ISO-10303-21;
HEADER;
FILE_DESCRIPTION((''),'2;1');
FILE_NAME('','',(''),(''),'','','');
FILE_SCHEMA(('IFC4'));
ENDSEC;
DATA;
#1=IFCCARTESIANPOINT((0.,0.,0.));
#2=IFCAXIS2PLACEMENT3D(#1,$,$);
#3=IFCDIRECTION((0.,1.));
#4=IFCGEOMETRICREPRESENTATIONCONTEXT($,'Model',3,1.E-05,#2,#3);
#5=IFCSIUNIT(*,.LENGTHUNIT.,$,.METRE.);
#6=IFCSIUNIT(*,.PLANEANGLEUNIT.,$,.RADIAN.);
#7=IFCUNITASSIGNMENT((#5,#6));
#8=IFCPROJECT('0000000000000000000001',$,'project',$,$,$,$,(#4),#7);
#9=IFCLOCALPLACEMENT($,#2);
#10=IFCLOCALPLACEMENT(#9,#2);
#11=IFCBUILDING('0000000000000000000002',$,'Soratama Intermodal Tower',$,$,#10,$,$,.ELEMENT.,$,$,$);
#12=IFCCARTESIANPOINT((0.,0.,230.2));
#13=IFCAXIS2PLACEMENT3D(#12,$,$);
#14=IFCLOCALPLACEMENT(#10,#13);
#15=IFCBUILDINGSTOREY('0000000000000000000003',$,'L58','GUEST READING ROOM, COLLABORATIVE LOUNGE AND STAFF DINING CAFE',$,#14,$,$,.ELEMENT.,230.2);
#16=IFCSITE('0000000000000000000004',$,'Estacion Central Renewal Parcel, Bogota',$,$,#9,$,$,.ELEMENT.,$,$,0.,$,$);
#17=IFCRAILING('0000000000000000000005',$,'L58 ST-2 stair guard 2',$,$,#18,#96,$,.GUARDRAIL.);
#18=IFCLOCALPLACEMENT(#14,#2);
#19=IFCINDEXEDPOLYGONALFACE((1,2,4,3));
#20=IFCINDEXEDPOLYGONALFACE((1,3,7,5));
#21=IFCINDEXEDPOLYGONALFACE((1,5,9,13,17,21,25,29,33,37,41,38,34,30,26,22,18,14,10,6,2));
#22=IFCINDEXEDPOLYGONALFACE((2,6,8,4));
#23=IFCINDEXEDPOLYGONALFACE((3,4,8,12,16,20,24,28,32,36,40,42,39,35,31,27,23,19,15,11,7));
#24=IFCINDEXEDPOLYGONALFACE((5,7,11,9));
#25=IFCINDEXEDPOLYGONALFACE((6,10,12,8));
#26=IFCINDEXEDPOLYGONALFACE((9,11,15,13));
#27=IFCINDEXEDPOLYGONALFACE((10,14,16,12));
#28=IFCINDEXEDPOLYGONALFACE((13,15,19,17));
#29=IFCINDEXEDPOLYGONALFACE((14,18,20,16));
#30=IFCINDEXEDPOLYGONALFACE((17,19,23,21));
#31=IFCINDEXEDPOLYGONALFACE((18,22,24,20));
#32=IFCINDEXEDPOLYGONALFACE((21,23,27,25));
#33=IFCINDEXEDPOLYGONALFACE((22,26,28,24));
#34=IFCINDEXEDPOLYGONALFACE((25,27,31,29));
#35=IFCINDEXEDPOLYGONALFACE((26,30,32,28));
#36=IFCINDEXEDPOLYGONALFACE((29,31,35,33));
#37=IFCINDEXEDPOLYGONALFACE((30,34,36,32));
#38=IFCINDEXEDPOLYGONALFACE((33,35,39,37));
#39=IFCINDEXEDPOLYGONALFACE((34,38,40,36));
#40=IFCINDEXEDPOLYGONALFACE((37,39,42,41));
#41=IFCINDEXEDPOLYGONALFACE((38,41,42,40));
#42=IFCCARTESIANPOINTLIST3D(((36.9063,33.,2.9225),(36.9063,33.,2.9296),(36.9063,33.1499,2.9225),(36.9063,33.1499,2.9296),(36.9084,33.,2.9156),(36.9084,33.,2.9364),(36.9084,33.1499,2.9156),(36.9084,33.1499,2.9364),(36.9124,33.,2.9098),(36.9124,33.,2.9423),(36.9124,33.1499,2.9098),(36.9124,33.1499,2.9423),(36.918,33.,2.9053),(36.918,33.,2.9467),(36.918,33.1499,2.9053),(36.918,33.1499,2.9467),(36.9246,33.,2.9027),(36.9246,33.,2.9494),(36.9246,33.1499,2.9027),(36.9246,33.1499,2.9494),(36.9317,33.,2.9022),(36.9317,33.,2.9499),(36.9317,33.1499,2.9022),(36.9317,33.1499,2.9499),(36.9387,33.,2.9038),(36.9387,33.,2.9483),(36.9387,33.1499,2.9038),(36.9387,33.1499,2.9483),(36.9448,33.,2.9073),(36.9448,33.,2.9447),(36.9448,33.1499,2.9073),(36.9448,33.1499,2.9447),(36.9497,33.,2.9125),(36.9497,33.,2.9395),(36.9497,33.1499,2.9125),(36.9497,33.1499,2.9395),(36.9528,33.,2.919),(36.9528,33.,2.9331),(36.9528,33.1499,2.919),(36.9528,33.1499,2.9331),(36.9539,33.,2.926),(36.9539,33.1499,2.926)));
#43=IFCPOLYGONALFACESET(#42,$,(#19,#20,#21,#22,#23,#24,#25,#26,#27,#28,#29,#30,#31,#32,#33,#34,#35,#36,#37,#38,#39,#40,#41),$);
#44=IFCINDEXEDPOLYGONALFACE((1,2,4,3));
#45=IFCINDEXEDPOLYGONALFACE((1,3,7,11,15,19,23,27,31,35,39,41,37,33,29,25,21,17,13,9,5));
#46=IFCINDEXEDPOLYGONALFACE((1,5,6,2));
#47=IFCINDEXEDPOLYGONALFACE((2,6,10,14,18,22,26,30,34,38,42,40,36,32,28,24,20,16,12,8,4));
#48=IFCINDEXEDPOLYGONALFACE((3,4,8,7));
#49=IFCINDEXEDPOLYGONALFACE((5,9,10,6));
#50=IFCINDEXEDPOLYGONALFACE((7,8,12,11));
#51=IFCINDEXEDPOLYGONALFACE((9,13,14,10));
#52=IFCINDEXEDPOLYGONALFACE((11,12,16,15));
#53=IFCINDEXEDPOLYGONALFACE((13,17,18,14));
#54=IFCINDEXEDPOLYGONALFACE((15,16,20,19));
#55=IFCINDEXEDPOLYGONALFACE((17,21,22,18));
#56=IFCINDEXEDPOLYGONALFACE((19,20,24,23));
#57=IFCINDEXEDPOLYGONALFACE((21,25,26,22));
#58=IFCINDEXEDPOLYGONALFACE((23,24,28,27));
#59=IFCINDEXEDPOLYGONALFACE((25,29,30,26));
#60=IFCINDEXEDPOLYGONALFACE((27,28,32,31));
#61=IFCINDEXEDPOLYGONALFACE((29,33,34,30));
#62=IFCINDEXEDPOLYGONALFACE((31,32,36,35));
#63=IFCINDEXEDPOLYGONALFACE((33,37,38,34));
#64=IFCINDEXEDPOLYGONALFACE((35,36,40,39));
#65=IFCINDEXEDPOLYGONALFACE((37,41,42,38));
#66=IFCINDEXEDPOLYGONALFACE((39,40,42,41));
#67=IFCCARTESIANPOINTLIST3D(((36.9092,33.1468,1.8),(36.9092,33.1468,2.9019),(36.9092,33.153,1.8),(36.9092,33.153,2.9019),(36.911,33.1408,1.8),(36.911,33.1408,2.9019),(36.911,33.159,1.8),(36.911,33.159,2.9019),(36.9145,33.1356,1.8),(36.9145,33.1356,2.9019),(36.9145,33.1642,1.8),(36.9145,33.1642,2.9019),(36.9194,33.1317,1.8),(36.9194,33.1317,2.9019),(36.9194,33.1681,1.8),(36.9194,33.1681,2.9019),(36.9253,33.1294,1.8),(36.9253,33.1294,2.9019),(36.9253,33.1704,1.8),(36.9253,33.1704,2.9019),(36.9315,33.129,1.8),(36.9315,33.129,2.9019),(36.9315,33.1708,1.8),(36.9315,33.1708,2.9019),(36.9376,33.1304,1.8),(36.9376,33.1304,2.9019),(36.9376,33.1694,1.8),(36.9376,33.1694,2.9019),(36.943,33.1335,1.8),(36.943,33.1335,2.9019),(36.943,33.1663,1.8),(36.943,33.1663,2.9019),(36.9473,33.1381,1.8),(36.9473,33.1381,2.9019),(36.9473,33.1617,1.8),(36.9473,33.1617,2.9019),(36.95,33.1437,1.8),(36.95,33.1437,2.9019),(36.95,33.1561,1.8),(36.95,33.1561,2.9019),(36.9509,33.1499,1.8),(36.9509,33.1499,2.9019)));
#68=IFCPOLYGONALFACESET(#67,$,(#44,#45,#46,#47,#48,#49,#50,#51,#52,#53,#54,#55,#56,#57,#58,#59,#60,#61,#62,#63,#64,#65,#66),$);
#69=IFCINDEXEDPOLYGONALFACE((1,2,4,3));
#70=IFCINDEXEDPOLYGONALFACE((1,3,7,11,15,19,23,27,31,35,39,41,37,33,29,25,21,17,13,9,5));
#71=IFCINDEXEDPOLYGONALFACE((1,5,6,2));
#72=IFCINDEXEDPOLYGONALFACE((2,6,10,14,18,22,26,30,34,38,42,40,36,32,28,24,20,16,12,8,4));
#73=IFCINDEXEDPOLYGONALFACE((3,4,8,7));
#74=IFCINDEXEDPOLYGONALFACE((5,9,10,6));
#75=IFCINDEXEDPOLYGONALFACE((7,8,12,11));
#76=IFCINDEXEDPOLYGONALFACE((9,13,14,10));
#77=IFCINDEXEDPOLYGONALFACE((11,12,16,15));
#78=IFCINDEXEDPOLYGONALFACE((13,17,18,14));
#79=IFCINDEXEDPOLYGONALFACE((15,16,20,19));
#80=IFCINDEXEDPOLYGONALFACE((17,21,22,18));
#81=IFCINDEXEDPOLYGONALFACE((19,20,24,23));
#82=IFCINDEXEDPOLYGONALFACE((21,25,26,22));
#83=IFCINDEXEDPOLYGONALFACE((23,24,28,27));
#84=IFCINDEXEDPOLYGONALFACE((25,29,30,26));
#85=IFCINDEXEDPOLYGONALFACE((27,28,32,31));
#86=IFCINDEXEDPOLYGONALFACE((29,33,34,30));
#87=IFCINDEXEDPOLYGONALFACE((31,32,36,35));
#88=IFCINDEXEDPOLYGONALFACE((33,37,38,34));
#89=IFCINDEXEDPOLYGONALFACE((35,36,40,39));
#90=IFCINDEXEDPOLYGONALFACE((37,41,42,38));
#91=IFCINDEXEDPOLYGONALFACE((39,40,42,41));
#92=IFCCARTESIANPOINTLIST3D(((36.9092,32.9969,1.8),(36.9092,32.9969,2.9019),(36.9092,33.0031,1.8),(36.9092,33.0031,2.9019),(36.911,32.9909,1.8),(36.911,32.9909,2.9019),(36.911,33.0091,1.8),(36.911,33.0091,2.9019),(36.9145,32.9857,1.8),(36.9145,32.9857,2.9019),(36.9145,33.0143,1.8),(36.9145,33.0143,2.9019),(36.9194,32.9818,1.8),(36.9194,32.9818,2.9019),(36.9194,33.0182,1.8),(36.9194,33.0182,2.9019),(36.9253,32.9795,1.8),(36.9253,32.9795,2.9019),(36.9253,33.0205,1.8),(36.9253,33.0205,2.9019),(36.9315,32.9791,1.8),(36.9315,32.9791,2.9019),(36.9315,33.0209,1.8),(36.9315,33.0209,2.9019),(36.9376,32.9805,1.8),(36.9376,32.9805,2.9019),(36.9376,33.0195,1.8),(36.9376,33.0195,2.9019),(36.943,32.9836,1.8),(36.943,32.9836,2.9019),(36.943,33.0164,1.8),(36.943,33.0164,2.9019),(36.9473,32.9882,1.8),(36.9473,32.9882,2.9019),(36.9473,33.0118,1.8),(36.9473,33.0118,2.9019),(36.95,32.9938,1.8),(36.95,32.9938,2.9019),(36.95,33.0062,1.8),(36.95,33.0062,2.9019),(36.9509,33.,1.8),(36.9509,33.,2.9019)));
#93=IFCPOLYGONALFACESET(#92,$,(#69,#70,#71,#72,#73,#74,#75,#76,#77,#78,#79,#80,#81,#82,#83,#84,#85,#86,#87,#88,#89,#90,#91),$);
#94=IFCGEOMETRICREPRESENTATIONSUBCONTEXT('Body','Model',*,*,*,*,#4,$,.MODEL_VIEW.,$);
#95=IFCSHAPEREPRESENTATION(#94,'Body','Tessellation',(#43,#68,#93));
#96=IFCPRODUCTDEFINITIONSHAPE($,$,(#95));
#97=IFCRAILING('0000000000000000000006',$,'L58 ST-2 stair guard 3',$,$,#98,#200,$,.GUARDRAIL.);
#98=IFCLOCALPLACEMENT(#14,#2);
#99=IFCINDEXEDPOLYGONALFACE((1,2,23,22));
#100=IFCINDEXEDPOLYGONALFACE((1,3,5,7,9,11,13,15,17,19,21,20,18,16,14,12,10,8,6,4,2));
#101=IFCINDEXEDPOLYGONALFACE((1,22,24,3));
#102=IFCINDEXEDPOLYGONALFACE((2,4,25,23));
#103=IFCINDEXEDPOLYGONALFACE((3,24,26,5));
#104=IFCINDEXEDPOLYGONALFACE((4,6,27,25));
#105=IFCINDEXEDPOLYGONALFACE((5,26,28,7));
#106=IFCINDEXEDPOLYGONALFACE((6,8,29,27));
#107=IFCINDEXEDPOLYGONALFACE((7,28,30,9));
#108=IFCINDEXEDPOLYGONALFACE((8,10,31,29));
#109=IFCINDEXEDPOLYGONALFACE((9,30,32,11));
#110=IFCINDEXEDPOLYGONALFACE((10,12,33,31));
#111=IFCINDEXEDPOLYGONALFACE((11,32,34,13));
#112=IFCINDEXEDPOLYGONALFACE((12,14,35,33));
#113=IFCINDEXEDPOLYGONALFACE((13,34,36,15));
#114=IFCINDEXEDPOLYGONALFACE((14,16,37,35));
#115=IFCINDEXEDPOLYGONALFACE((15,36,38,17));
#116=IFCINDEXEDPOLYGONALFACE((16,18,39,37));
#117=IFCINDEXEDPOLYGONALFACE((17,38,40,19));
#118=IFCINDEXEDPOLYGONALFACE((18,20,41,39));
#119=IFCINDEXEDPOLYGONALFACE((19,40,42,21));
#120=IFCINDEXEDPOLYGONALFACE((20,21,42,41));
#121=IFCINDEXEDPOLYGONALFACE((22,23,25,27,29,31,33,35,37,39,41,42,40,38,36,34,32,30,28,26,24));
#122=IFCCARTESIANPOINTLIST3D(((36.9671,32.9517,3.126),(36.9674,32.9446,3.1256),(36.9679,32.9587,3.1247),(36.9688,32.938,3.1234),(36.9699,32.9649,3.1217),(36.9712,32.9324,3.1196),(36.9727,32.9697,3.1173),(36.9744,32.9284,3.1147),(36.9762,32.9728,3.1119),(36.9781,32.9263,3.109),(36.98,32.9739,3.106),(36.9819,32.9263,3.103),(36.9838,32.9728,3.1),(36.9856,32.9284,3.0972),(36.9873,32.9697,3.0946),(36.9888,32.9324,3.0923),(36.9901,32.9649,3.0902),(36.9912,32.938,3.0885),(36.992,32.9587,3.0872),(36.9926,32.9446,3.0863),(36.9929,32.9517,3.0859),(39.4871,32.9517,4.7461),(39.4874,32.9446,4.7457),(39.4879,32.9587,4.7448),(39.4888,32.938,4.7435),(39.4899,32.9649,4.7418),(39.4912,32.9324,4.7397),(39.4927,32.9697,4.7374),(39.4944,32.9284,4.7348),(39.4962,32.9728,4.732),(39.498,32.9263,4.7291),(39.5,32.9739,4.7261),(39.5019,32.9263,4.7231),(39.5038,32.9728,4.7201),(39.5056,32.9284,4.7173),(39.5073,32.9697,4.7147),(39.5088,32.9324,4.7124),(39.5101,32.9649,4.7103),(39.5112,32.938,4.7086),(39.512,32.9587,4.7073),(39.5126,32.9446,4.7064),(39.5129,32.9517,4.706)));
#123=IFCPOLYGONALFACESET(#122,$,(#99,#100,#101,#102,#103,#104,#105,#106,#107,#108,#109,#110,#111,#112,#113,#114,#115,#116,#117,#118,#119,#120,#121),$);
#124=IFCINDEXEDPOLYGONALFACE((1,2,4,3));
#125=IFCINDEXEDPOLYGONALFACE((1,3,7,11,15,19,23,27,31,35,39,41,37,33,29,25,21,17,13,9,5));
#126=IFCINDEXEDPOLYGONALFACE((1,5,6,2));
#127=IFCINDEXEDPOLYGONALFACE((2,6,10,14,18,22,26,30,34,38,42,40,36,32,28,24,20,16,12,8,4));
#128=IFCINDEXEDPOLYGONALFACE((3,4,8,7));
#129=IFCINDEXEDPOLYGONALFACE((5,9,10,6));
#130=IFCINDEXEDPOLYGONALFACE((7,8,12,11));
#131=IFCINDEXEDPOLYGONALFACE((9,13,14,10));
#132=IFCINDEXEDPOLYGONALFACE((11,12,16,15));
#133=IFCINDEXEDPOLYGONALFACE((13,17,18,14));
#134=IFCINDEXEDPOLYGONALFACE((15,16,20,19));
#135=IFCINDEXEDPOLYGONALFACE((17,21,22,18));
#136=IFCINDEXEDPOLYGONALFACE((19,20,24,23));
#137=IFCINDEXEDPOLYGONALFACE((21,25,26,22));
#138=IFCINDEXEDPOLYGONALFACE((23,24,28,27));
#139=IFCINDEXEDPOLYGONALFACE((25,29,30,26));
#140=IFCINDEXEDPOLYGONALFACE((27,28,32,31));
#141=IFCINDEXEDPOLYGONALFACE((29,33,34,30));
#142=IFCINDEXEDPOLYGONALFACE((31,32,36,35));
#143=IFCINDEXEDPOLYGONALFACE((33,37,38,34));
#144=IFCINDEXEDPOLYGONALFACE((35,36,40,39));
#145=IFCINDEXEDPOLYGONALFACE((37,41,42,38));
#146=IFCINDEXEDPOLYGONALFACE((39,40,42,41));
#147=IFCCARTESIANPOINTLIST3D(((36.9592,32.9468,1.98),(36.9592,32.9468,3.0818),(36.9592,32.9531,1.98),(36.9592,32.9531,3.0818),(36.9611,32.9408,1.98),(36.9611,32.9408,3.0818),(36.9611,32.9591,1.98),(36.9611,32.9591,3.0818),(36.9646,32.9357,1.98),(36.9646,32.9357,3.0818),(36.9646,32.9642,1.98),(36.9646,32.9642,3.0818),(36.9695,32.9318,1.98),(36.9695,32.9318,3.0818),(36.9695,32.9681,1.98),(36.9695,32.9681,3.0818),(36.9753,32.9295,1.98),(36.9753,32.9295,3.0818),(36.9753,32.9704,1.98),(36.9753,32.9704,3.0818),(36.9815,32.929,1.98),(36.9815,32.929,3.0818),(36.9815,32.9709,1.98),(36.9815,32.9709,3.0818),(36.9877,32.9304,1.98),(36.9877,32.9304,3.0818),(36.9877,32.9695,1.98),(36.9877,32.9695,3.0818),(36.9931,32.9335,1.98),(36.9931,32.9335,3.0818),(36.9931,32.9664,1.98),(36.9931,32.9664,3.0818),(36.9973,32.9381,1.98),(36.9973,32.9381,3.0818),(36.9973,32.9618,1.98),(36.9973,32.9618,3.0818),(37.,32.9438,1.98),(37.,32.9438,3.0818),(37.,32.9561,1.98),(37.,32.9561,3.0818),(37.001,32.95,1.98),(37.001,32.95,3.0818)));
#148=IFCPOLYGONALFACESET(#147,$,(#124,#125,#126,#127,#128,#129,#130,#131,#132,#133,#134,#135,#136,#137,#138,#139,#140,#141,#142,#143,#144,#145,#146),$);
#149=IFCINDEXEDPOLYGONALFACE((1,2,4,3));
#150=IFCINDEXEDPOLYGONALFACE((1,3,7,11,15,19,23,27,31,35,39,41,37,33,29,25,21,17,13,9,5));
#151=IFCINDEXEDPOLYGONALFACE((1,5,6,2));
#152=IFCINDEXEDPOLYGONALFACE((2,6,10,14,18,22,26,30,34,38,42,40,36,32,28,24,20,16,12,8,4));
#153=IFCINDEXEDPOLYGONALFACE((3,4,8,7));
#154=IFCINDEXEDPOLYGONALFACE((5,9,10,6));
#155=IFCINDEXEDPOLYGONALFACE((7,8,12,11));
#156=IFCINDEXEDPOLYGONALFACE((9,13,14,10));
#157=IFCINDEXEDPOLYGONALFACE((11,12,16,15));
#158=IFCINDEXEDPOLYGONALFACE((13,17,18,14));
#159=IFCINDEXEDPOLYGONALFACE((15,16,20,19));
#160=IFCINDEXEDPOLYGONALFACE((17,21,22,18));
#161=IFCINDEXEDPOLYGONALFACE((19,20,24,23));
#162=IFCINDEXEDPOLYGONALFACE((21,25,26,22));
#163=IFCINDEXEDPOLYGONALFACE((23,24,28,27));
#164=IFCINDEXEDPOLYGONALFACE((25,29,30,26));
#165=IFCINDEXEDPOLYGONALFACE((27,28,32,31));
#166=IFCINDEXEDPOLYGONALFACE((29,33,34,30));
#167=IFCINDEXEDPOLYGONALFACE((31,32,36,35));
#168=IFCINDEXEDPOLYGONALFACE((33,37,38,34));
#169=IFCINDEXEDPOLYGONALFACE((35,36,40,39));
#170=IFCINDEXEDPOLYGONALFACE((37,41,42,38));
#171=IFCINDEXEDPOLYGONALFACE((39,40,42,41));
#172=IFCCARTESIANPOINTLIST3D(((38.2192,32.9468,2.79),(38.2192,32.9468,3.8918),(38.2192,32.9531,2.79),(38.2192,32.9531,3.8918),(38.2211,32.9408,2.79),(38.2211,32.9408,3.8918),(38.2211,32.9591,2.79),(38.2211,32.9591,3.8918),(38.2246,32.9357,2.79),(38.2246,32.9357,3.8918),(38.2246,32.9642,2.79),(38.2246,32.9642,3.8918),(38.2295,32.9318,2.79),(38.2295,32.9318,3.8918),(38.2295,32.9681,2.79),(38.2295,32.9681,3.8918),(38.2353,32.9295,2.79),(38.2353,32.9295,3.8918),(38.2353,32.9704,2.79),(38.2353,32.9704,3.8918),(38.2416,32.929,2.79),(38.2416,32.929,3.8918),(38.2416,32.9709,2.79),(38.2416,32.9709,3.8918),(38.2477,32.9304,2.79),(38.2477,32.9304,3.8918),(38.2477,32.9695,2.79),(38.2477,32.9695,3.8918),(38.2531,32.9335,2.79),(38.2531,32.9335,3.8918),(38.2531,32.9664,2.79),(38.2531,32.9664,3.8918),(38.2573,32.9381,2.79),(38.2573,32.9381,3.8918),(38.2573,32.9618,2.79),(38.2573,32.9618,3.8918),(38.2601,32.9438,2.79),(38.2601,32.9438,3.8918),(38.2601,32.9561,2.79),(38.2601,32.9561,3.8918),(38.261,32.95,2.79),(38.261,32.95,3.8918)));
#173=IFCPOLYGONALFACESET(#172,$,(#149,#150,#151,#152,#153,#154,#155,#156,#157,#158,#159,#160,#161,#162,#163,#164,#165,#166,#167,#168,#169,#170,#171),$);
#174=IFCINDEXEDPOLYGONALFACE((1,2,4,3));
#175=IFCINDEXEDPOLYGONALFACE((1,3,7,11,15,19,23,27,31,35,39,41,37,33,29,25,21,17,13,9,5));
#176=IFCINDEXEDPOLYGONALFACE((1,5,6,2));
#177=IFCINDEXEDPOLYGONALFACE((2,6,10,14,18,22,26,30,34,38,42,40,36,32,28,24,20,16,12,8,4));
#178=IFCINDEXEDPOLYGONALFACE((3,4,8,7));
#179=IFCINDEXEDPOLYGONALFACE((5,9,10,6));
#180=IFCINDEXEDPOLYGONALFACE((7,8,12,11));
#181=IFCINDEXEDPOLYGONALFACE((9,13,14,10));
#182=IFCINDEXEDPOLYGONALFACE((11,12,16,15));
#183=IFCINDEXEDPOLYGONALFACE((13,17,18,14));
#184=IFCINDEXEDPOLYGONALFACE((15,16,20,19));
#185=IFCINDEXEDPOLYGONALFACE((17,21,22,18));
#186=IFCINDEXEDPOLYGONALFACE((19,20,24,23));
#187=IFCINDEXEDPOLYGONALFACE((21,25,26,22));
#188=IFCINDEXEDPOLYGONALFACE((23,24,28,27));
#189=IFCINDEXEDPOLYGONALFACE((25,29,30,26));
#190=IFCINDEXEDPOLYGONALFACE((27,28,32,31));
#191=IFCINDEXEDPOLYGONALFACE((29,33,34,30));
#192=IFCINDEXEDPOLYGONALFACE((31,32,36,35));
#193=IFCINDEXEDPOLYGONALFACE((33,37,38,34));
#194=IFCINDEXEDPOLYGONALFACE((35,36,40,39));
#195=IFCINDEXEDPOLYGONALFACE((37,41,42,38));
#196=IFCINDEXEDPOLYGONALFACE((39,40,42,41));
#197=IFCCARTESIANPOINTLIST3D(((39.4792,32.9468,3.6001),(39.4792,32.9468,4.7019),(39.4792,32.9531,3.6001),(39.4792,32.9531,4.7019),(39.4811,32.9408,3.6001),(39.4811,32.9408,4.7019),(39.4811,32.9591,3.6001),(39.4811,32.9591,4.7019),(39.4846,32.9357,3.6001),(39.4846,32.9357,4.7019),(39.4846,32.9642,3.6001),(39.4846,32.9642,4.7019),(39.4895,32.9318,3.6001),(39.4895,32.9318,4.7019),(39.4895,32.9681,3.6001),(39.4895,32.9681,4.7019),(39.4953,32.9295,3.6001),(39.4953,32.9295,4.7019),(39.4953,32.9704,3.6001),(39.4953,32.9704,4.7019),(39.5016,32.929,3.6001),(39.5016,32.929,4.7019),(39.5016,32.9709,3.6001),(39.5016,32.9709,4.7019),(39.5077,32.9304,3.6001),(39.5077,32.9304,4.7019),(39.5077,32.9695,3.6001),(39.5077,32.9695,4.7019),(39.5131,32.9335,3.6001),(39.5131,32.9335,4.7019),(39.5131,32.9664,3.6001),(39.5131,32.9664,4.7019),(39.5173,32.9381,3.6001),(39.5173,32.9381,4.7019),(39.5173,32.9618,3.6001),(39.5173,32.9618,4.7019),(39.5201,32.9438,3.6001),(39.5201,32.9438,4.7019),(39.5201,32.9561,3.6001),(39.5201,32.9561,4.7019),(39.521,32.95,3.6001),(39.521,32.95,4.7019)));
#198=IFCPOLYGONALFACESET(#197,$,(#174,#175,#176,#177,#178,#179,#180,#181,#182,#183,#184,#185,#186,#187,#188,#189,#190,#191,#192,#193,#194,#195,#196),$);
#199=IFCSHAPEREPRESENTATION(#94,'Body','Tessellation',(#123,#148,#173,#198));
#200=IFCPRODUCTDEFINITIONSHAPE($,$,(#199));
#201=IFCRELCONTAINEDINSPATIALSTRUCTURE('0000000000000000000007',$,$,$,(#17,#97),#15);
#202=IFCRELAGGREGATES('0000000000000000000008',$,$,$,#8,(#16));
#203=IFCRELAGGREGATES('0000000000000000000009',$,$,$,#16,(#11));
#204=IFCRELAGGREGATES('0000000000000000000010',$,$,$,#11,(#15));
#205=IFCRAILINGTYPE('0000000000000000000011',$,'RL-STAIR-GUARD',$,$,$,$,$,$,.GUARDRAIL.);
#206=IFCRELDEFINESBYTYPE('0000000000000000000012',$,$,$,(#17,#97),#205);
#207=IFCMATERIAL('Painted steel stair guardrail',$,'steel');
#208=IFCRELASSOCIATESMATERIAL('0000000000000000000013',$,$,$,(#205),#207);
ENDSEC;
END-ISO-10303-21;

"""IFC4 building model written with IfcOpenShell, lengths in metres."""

from ifc_helpers import new_model, si_unit, direction, frame, origin, origin_2d, place, context, subcontext, project, spatial, circle, extrude, material, type_object, element, save


model = new_model("IFC4")

# Units and contexts
model_context = context("Model", 3, precision=1e-05, world=origin(), true_north=direction((0.0, 1.0)))
body_context = subcontext(model_context, "Body", "Model", "MODEL_VIEW")
ifc_project = project(units=[si_unit("LENGTHUNIT", "METRE"), si_unit("PLANEANGLEUNIT", "RADIAN")], contexts=[model_context])

# Site, building, storey
site_placement = place(None, origin())
site = spatial("IfcSite", under=ifc_project, at=site_placement, Name="Estacion Central Renewal Parcel, Bogota", CompositionType="ELEMENT", RefElevation=0.0)
building_placement = place(site_placement, origin())
building = spatial("IfcBuilding", under=site, at=building_placement, Name="Soratama Intermodal Tower", CompositionType="ELEMENT")
storey_placement = place(building_placement, frame((0.0, 0.0, 230.2)))
storey = spatial("IfcBuildingStorey", under=building, at=storey_placement, Name="L58", Description="GUEST READING ROOM, COLLABORATIVE LOUNGE AND STAFF DINING CAFE", CompositionType="ELEMENT", Elevation=230.2)

# Railings
ifc_material_1 = material(Name="Painted steel stair guardrail", Category="steel")
railing_type_1 = type_object("IfcRailingType", Name="RL-STAIR-GUARD", PredefinedType="GUARDRAIL", material=ifc_material_1)
railing_1_placement = place(storey_placement, frame((36.9299, 33.1499, 1.8)))
element("IfcRailing", 1, at=railing_1_placement, inside=storey, type_object=railing_type_1, Name="L58 ST-2 stair guard 2", PredefinedType="GUARDRAIL", context=body_context, shape_type="SweptSolid", body=[
    extrude(circle(Radius=0.0239, at=origin_2d()), frame((0.0, 0.0, 1.126), z_axis=(0.0, -1.0, 0.0), x_axis=(1.0, 0.0, 0.0)), (0.0, 0.0, 1.0), 0.1499),
    extrude(circle(Radius=0.021, at=origin_2d()), origin(), (0.0, 0.0, 1.0), 1.1018),
    extrude(circle(Radius=0.021, at=origin_2d()), frame((0.0, -0.1499, 0.0)), (0.0, 0.0, 1.0), 1.1018),
])
railing_2_placement = place(storey_placement, frame((36.98, 32.95, 1.98)))
element("IfcRailing", 2, at=railing_2_placement, inside=storey, type_object=railing_type_1, Name="L58 ST-2 stair guard 3", PredefinedType="GUARDRAIL", context=body_context, shape_type="SweptSolid", body=[
    extrude(circle(Radius=0.0239, at=origin_2d()), frame((0.0, 0.0, 1.126), z_axis=(0.841163, 0.0, 0.540782), x_axis=(0.0, 1.0, 0.0)), (0.0, 0.0, 1.0), 2.9958),
    extrude(circle(Radius=0.021, at=origin_2d()), origin(), (0.0, 0.0, 1.0), 1.1018),
    extrude(circle(Radius=0.021, at=origin_2d()), frame((1.26, 0.0, 0.8101)), (0.0, 0.0, 1.0), 1.1018),
    extrude(circle(Radius=0.021, at=origin_2d()), frame((2.52, 0.0, 1.6201)), (0.0, 0.0, 1.0), 1.1018),
])

save(model, "model.ifc")
